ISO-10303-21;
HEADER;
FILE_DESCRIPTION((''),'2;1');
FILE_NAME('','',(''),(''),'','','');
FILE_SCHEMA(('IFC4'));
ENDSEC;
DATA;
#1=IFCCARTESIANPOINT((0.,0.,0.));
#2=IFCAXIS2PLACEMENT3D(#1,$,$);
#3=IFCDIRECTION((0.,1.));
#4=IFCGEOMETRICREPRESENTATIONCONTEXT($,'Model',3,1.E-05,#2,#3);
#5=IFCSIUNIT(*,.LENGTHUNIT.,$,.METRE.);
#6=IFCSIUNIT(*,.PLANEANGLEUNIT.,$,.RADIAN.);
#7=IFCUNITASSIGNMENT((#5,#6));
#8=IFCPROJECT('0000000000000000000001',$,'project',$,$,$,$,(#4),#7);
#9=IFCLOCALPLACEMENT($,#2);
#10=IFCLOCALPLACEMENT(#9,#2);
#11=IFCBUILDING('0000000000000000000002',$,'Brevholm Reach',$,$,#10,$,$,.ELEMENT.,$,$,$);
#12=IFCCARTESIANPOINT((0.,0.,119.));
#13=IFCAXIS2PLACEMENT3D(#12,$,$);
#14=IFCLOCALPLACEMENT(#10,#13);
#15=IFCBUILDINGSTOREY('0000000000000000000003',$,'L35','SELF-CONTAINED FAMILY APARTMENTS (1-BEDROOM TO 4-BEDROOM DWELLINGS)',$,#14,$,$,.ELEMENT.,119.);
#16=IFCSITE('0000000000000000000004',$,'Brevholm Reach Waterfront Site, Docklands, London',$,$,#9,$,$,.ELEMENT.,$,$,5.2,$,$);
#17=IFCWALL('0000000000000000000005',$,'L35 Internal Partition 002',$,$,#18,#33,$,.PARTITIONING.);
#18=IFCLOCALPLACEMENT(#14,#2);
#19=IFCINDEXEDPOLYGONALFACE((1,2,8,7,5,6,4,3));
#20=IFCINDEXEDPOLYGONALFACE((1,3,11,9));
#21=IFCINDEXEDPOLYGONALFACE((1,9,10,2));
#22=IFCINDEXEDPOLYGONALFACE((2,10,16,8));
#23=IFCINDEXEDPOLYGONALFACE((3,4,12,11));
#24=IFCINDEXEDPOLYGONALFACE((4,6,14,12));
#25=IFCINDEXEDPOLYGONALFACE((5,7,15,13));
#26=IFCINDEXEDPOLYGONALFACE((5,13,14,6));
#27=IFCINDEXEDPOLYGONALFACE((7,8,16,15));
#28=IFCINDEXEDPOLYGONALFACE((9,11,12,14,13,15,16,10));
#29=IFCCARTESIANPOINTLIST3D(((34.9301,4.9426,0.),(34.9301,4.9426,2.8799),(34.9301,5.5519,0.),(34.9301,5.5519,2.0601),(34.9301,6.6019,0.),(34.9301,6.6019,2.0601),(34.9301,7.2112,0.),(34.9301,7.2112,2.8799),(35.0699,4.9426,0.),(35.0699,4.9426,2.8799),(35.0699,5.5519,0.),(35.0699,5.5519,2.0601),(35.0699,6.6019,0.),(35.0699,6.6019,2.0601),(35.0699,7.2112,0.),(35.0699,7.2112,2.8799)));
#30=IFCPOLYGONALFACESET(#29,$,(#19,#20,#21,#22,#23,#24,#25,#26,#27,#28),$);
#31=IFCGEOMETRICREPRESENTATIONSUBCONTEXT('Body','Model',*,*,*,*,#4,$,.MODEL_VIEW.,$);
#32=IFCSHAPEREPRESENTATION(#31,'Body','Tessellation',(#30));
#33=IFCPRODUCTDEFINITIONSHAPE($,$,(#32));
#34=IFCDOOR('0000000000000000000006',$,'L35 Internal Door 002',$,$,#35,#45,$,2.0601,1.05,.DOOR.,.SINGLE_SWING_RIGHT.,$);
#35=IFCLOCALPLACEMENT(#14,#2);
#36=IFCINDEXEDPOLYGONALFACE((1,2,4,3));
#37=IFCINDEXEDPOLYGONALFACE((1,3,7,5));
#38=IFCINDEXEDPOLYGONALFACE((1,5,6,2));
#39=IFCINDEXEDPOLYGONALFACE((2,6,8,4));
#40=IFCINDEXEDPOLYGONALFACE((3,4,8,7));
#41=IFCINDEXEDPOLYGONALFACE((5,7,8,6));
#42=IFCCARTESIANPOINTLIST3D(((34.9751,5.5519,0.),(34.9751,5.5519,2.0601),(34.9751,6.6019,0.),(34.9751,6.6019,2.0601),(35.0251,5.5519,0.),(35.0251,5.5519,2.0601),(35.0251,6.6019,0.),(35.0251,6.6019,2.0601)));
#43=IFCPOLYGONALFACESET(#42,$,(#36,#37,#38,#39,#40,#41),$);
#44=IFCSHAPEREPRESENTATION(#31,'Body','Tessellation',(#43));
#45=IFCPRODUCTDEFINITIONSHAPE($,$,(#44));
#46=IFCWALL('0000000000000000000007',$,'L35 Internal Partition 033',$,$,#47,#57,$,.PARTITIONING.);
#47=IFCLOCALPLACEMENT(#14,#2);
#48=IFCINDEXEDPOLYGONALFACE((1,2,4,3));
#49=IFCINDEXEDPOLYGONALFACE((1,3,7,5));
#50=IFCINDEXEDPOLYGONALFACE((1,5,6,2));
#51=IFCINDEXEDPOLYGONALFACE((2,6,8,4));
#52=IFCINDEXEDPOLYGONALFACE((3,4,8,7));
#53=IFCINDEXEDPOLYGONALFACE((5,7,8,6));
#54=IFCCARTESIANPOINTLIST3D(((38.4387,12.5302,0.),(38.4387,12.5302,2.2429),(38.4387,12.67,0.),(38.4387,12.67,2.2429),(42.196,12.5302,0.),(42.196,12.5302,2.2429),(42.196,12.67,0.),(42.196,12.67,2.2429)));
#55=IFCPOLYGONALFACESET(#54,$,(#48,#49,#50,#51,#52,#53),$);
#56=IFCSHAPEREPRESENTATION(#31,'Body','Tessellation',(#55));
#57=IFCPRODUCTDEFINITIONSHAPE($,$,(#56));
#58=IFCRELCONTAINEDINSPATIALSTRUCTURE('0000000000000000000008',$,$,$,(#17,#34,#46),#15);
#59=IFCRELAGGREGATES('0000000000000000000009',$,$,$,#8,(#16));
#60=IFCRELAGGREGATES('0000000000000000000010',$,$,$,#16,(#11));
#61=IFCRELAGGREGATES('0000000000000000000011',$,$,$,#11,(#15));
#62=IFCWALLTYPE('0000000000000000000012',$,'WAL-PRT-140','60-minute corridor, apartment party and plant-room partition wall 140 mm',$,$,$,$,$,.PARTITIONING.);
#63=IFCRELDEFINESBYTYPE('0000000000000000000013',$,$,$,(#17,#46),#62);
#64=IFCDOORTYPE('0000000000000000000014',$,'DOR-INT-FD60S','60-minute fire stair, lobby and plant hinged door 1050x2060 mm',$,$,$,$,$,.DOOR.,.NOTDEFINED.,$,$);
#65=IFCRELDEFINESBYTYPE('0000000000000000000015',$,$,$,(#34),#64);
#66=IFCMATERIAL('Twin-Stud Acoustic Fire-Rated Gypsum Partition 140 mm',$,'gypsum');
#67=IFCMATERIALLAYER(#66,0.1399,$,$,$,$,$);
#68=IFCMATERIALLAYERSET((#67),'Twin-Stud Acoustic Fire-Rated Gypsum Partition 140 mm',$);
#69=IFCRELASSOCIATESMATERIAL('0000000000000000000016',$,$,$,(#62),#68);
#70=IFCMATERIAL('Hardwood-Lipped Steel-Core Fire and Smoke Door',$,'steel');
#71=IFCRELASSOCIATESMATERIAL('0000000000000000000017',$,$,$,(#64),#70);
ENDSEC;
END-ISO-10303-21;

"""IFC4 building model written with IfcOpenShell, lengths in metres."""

from ifc_helpers import new_model, si_unit, direction, frame, frame_2d, origin, place, context, subcontext, project, spatial, rectangle, extrude, material, layer, layer_set, type_object, element, fill, save


model = new_model("IFC4")

# Units and contexts
model_context = context("Model", 3, precision=1e-05, world=origin(), true_north=direction((0.0, 1.0)))
body_context = subcontext(model_context, "Body", "Model", "MODEL_VIEW")
ifc_project = project(units=[si_unit("LENGTHUNIT", "METRE"), si_unit("PLANEANGLEUNIT", "RADIAN")], contexts=[model_context])

# Site, building, storey
site_placement = place(None, origin())
site = spatial("IfcSite", under=ifc_project, at=site_placement, Name="Brevholm Reach Waterfront Site, Docklands, London", CompositionType="ELEMENT", RefElevation=5.2)
building_placement = place(site_placement, origin())
building = spatial("IfcBuilding", under=site, at=building_placement, Name="Brevholm Reach", CompositionType="ELEMENT")
storey_placement = place(building_placement, frame((0.0, 0.0, 119.0)))
storey = spatial("IfcBuildingStorey", under=building, at=storey_placement, Name="L35", Description="SELF-CONTAINED FAMILY APARTMENTS (1-BEDROOM TO 4-BEDROOM DWELLINGS)", CompositionType="ELEMENT", Elevation=119.0)

# Wall, opening, door
ifc_material_1 = material(Name="Twin-Stud Acoustic Fire-Rated Gypsum Partition 140 mm", Category="gypsum")
ifc_layer_1 = layer(ifc_material_1, 0.1399)
ifc_layer_set_1 = layer_set([ifc_layer_1], Name="Twin-Stud Acoustic Fire-Rated Gypsum Partition 140 mm")
wall_type_1 = type_object("IfcWallType", Name="WAL-PRT-140", Description="60-minute corridor, apartment party and plant-room partition wall 140 mm", PredefinedType="PARTITIONING", material=ifc_layer_set_1)
ifc_material_2 = material(Name="Hardwood-Lipped Steel-Core Fire and Smoke Door", Category="steel")
door_type_1 = type_object("IfcDoorType", Name="DOR-INT-FD60S", Description="60-minute fire stair, lobby and plant hinged door 1050x2060 mm", OperationType="NOTDEFINED", PredefinedType="DOOR", material=ifc_material_2)
wall_1_placement = place(storey_placement, frame((35.0, 4.9426, 0.0), z_axis=(0.0, 0.0, 1.0), x_axis=(0.0, 1.0, 0.0)))
wall_1 = element("IfcWall", 1, at=wall_1_placement, inside=storey, type_object=wall_type_1, Name="L35 Internal Partition 002", PredefinedType="PARTITIONING", context=body_context, shape_type="SweptSolid", body=[
    extrude(rectangle(XDim=2.2686, YDim=0.1399, at=frame_2d((1.1343, 0.0))), origin(), (0.0, 0.0, 1.0), 2.8799),
])
opening_1_placement = place(wall_1_placement, frame((0.6094, 0.0, 0.0)))
opening_1 = element("IfcOpeningElement", 2, at=opening_1_placement, cuts=wall_1, PredefinedType="OPENING", context=body_context, shape_type="SweptSolid", body=[
    extrude(rectangle(XDim=1.05, YDim=2.0601, at=frame_2d((0.5249, 1.03))), frame((0.0, 0.0798, 0.0), z_axis=(0.0, -1.0, 0.0), x_axis=(1.0, 0.0, 0.0)), (0.0, 0.0, 1.0), 0.1599),
])
door_1_placement = place(opening_1_placement, origin())
door_1 = element("IfcDoor", 3, at=door_1_placement, inside=storey, type_object=door_type_1, Name="L35 Internal Door 002", OperationType="SINGLE_SWING_RIGHT", OverallHeight=2.0601, OverallWidth=1.05, PredefinedType="DOOR", context=body_context, shape_type="SweptSolid", body=[
    extrude(rectangle(XDim=1.05, YDim=2.0601, at=frame_2d((0.5249, 1.03))), frame((0.0, 0.0249, 0.0), z_axis=(0.0, -1.0, 0.0), x_axis=(1.0, 0.0, 0.0)), (0.0, 0.0, 1.0), 0.05),
])
fill(opening_1, door_1)

# Wall
wall_2_placement = place(storey_placement, frame((38.4387, 12.6001, 0.0), z_axis=(0.0, 0.0, 1.0), x_axis=(1.0, 0.0, 0.0)))
element("IfcWall", 4, at=wall_2_placement, inside=storey, type_object=wall_type_1, Name="L35 Internal Partition 033", PredefinedType="PARTITIONING", context=body_context, shape_type="SweptSolid", body=[
    extrude(rectangle(XDim=3.7573, YDim=0.1399, at=frame_2d((1.8787, 0.0))), origin(), (0.0, 0.0, 1.0), 2.2429),
])

save(model, "model.ifc")
